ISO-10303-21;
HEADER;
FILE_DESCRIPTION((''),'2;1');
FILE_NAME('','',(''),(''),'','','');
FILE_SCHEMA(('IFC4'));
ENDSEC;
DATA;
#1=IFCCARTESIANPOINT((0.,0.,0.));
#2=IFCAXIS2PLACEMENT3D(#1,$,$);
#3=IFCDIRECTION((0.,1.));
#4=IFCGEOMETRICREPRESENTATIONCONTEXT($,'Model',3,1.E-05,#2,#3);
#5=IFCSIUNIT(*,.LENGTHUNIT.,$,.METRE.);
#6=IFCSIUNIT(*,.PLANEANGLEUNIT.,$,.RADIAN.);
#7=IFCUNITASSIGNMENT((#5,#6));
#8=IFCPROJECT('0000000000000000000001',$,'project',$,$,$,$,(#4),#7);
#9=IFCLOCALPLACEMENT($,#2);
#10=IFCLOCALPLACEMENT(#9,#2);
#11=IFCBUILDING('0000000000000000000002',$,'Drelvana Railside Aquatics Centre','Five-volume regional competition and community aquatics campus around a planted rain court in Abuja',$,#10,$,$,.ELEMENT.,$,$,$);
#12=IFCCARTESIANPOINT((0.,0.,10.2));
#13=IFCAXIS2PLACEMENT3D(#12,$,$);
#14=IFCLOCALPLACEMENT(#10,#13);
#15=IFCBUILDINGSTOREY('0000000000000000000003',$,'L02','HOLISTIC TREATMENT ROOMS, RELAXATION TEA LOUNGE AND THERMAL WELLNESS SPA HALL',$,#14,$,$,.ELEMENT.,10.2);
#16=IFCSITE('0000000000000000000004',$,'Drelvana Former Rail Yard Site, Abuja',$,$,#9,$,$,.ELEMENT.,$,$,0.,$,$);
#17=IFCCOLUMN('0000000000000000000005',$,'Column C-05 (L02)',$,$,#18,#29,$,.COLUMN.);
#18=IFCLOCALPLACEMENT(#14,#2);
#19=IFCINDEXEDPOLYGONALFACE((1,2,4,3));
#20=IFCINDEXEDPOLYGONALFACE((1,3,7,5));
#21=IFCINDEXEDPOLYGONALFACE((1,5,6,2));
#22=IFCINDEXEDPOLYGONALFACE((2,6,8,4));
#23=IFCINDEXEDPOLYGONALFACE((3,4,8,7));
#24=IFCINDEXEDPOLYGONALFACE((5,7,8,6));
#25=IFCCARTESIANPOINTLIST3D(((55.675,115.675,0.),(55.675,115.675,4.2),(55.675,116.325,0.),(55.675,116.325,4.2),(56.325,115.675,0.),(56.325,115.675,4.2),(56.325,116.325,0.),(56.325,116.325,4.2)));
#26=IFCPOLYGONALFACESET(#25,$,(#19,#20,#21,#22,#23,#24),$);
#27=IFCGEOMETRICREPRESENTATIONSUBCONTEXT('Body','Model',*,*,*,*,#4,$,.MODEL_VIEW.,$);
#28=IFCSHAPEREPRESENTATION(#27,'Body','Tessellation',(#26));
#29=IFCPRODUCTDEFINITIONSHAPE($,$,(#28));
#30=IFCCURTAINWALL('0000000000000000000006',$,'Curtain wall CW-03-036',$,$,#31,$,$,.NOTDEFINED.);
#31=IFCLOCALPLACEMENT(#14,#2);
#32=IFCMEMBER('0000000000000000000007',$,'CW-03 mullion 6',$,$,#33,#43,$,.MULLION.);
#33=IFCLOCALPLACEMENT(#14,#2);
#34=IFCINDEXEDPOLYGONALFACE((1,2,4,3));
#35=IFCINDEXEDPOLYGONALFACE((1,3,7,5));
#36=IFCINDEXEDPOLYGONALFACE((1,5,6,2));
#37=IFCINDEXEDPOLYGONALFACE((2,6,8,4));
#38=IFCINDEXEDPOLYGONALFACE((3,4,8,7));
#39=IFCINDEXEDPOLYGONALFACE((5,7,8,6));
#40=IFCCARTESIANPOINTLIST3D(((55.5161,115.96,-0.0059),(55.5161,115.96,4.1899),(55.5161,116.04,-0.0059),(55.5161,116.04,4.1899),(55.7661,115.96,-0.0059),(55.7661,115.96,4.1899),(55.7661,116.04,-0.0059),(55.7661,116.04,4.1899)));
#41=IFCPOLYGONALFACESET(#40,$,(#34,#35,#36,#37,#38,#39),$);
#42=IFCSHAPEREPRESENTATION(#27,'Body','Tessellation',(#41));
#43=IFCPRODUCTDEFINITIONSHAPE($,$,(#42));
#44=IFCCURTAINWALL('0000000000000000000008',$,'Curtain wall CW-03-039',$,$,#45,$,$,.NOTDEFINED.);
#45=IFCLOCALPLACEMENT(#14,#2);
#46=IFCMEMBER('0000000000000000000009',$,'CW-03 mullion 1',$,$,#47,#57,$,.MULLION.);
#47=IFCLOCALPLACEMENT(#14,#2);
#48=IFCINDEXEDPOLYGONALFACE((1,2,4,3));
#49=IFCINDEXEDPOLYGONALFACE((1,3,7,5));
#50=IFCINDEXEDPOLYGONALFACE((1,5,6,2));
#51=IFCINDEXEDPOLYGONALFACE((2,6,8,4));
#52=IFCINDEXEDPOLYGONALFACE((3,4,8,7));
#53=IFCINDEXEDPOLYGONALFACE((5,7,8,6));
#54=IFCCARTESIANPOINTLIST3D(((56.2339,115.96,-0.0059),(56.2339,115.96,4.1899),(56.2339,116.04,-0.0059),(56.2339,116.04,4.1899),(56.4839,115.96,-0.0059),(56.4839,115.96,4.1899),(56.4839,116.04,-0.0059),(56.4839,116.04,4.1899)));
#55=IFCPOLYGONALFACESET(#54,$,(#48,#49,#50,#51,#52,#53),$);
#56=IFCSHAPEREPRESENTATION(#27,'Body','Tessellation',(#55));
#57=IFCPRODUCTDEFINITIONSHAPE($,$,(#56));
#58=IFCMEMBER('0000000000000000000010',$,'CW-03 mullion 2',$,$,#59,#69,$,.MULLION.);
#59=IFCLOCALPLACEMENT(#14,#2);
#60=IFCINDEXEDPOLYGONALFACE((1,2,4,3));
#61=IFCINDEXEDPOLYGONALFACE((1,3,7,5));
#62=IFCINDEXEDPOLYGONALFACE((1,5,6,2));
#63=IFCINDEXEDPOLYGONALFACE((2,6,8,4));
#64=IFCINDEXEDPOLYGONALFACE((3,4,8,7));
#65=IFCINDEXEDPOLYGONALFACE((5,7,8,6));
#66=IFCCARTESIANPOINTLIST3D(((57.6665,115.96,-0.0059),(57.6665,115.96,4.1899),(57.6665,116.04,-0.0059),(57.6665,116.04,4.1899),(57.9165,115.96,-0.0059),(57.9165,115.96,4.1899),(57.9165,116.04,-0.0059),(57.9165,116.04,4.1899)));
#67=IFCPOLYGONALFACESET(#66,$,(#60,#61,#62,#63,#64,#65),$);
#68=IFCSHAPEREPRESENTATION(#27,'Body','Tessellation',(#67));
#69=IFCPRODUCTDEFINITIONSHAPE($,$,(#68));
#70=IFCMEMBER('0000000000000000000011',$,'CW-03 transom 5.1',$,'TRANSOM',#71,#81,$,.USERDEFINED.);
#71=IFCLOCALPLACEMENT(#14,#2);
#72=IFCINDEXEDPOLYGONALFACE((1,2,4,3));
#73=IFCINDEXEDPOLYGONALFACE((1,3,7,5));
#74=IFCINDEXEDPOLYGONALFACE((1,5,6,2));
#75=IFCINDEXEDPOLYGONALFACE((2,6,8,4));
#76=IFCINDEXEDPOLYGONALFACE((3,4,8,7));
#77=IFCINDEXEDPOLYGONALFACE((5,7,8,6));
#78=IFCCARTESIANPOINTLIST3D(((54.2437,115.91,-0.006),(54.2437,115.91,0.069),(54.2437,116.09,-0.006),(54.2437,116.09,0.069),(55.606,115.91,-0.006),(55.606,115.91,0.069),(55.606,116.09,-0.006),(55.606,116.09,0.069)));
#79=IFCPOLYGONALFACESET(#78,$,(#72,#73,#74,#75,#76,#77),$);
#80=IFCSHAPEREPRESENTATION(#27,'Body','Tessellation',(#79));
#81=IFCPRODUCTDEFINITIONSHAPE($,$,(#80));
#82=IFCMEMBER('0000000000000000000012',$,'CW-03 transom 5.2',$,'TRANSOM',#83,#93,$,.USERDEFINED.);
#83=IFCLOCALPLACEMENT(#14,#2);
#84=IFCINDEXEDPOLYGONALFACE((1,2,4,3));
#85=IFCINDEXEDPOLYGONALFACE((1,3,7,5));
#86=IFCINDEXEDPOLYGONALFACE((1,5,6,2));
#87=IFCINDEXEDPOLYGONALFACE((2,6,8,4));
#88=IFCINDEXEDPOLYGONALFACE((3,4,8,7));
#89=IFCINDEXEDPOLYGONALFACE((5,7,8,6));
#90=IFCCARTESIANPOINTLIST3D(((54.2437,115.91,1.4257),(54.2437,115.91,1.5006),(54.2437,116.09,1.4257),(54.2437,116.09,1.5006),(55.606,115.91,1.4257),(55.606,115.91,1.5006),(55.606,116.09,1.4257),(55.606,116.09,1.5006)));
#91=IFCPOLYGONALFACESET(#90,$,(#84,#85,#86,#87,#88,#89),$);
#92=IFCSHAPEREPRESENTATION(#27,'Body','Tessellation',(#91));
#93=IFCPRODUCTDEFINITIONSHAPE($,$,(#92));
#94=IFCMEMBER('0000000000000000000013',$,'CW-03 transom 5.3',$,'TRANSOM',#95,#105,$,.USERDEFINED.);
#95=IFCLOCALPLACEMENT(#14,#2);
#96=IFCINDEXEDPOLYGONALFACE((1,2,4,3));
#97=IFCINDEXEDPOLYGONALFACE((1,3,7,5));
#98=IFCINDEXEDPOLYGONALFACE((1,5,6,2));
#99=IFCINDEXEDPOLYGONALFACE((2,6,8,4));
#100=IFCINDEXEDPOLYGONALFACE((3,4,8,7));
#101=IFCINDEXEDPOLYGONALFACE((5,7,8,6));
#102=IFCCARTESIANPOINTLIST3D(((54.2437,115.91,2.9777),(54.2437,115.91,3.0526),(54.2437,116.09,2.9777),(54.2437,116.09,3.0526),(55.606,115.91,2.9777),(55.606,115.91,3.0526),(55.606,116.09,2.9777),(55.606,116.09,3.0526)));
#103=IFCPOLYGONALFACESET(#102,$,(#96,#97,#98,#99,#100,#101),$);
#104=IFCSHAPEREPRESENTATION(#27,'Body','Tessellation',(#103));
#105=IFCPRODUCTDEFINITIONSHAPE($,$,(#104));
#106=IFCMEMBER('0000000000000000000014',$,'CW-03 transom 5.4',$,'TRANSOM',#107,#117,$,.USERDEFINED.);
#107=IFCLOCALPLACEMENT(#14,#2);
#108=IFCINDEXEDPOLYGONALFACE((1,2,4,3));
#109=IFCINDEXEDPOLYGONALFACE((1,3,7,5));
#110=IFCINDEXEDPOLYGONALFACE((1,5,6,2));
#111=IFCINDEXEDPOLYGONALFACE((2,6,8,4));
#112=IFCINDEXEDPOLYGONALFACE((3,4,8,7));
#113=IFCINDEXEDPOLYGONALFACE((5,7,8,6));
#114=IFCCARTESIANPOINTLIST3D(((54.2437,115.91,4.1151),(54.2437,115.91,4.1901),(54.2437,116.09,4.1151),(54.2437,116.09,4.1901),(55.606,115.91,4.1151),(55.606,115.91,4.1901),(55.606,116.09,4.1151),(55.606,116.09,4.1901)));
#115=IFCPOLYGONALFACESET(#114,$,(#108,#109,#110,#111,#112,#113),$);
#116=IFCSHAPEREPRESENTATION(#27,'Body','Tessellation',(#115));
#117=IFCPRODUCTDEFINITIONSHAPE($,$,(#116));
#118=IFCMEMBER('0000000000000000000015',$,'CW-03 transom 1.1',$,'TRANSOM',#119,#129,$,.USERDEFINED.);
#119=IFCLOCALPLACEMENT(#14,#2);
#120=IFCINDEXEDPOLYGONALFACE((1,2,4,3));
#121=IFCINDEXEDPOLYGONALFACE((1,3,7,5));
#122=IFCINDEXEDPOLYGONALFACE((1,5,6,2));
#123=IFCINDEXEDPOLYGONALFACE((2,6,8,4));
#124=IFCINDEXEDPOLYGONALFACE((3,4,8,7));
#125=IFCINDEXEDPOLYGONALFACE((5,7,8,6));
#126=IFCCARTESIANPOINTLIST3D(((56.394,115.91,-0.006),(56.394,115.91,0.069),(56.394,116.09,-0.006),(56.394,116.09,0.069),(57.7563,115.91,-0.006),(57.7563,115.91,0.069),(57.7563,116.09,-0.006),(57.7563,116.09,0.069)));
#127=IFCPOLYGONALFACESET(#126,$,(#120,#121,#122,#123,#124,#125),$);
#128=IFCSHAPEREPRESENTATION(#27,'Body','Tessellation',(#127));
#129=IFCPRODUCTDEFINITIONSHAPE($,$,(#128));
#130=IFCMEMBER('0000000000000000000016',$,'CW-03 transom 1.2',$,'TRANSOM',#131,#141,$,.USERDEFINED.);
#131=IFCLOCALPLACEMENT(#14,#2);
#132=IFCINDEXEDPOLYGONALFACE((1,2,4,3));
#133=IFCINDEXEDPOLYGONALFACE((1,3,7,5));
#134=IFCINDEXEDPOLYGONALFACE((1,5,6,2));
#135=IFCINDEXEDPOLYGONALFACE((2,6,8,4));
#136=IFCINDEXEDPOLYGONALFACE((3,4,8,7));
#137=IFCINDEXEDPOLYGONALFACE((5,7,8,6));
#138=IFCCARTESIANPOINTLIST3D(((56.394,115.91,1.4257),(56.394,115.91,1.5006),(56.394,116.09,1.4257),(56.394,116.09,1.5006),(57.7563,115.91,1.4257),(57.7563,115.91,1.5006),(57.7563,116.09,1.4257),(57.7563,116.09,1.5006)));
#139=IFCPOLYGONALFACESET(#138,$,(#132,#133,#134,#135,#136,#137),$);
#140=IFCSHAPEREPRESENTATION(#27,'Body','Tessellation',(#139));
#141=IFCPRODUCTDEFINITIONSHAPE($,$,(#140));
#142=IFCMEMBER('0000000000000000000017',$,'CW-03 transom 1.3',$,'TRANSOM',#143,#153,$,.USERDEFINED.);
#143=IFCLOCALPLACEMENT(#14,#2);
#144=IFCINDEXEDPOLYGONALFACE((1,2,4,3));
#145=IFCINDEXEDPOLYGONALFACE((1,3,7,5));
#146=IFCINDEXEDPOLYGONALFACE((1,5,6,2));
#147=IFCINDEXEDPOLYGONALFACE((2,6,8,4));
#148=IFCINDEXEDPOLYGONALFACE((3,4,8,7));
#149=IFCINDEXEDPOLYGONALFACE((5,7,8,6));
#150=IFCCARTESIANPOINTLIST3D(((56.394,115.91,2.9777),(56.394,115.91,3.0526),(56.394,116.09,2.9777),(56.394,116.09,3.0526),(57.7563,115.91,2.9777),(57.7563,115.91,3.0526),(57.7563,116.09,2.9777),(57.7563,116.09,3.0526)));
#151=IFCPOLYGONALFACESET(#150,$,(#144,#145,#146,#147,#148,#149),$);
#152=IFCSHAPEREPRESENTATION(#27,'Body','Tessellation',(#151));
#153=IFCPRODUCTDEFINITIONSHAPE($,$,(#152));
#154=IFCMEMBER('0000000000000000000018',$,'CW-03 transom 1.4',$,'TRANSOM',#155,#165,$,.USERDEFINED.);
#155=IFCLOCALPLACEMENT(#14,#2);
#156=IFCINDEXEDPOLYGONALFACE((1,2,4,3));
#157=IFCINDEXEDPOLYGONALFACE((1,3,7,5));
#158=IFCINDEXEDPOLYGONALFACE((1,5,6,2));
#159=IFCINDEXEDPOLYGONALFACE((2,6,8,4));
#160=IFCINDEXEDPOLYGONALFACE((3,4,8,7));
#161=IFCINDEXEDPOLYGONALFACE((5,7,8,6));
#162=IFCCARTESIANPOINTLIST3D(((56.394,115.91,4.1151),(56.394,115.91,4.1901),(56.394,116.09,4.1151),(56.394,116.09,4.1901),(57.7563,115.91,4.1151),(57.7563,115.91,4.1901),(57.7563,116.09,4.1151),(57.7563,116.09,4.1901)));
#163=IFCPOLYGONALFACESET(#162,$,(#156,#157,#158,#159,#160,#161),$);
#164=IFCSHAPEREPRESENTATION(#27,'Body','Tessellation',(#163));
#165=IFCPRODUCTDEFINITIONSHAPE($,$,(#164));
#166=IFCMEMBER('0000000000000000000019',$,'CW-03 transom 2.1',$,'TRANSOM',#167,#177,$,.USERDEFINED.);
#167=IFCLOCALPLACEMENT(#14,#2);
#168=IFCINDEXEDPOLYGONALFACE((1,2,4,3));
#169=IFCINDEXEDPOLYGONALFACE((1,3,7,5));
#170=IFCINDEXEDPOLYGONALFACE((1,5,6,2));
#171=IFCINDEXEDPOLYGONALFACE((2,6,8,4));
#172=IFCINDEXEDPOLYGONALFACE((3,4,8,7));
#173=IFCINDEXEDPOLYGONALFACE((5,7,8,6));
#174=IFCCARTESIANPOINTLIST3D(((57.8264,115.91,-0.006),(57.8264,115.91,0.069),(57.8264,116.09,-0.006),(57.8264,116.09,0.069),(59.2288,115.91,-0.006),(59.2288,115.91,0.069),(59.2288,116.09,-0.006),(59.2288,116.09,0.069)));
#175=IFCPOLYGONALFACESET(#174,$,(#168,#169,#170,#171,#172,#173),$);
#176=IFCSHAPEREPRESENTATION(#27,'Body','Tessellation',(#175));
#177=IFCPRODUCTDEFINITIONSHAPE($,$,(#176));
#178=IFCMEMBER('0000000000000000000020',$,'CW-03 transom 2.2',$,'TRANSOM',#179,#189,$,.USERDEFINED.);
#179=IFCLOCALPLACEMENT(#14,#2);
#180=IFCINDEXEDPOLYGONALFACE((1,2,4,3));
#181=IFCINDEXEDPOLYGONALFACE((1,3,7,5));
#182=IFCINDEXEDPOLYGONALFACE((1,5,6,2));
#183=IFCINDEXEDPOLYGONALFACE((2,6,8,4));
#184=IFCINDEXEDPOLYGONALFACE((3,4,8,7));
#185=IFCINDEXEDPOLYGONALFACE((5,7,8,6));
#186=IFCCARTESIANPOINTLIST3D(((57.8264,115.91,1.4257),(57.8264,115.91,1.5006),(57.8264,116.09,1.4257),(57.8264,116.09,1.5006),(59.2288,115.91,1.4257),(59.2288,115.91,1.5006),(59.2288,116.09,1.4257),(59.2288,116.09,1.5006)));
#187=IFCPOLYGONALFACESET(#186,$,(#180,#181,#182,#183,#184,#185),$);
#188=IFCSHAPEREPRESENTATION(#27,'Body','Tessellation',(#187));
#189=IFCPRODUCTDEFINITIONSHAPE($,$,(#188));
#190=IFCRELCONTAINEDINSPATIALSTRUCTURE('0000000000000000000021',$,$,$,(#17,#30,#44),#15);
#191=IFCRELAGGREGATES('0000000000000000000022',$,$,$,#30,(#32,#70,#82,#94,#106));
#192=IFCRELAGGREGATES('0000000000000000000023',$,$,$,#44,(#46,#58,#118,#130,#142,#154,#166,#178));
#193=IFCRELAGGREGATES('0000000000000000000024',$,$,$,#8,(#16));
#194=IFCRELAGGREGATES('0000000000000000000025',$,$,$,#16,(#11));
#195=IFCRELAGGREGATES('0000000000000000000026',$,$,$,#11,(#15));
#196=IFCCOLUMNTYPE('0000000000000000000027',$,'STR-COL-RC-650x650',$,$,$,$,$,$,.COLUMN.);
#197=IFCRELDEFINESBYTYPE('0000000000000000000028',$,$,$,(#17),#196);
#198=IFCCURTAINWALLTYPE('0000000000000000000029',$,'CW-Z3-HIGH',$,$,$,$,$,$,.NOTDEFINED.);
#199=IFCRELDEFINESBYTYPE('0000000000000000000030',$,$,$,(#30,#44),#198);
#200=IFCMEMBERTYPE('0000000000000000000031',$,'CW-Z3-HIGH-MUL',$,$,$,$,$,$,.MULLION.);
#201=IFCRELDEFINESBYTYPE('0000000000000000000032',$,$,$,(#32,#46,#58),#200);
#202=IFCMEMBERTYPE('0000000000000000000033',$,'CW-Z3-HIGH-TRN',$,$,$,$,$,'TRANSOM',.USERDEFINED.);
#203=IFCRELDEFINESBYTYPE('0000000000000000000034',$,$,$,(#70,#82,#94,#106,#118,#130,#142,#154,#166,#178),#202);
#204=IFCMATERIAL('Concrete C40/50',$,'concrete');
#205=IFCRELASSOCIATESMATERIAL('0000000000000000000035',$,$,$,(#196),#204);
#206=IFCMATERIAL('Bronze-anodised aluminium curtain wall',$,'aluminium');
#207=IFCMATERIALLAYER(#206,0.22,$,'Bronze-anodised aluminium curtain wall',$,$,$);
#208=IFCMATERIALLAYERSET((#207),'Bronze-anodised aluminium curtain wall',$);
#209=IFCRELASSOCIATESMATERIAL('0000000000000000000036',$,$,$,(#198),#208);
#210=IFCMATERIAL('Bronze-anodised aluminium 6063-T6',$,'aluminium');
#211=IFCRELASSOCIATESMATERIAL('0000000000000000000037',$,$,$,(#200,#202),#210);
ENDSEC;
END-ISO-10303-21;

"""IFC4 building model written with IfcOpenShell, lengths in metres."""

from ifc_helpers import new_model, si_unit, direction, frame, origin, origin_2d, place, context, subcontext, project, spatial, rectangle, extrude, material, layer, layer_set, material_profile, profile_set, type_object, element, aggregate, save


model = new_model("IFC4")

# Units and contexts
model_context = context("Model", 3, precision=1e-05, world=origin(), true_north=direction((0.0, 1.0)))
body_context = subcontext(model_context, "Body", "Model", "MODEL_VIEW")
ifc_project = project(units=[si_unit("LENGTHUNIT", "METRE"), si_unit("PLANEANGLEUNIT", "RADIAN")], contexts=[model_context])

# Site, building, storey
site_placement = place(None, origin())
site = spatial("IfcSite", under=ifc_project, at=site_placement, Name="Drelvana Former Rail Yard Site, Abuja", CompositionType="ELEMENT", RefElevation=0.0)
building_placement = place(site_placement, origin())
building = spatial("IfcBuilding", under=site, at=building_placement, Name="Drelvana Railside Aquatics Centre", Description="Five-volume regional competition and community aquatics campus around a planted rain court in Abuja", CompositionType="ELEMENT")
storey_placement = place(building_placement, frame((0.0, 0.0, 10.2)))
storey = spatial("IfcBuildingStorey", under=building, at=storey_placement, Name="L02", Description="HOLISTIC TREATMENT ROOMS, RELAXATION TEA LOUNGE AND THERMAL WELLNESS SPA HALL", CompositionType="ELEMENT", Elevation=10.2)

# Column
ifc_material_1 = material(Name="Concrete C40/50", Category="concrete")
ifc_material_profile_1 = material_profile(ifc_material_1, rectangle(XDim=0.6499, YDim=0.6499, at=origin_2d()), Name="RC 650x650")
ifc_profile_set_1 = profile_set([ifc_material_profile_1], Name="Concrete C40/50")
column_type = type_object("IfcColumnType", Name="STR-COL-RC-650x650", PredefinedType="COLUMN", material=ifc_profile_set_1)
column_placement = place(storey_placement, frame((56.0, 116.0, 0.0), z_axis=(0.0, 0.0, 1.0), x_axis=(1.0, 0.0, 0.0)))
element("IfcColumn", 1, at=column_placement, inside=storey, type_object=column_type, Name="Column C-05 (L02)", PredefinedType="COLUMN", context=body_context, shape_type="SweptSolid", body=[
    extrude(rectangle(XDim=0.6499, YDim=0.6499, at=origin_2d()), origin(), (0.0, 0.0, 1.0), 4.2),
])

# Curtain wall, member
ifc_material_2 = material(Name="Bronze-anodised aluminium curtain wall", Category="aluminium")
ifc_layer_1 = layer(ifc_material_2, 0.22, Name="Bronze-anodised aluminium curtain wall")
ifc_layer_set_1 = layer_set([ifc_layer_1], Name="Bronze-anodised aluminium curtain wall")
curtain_wall_type = type_object("IfcCurtainWallType", Name="CW-Z3-HIGH", PredefinedType="NOTDEFINED", material=ifc_layer_set_1)
curtain_wall_1_placement = place(storey_placement, origin())
curtain_wall_1 = element("IfcCurtainWall", 2, at=curtain_wall_1_placement, inside=storey, type_object=curtain_wall_type, Name="Curtain wall CW-03-036", PredefinedType="NOTDEFINED")
ifc_material_3 = material(Name="Bronze-anodised aluminium 6063-T6", Category="aluminium")
ifc_material_profile_2 = material_profile(ifc_material_3, rectangle(XDim=0.0801, YDim=0.25, at=origin_2d()), Name="ALU-M 80x250")
ifc_profile_set_2 = profile_set([ifc_material_profile_2], Name="Bronze-anodised aluminium 6063-T6")
member_type_1 = type_object("IfcMemberType", Name="CW-Z3-HIGH-MUL", PredefinedType="MULLION", material=ifc_profile_set_2)
member_1_placement = place(storey_placement, frame((55.6411, 116.0, -0.0059), z_axis=(0.0, 0.0, 1.0), x_axis=(0.0, 1.0, 0.0)))
member_1 = element("IfcMember", 3, at=member_1_placement, type_object=member_type_1, Name="CW-03 mullion 6", PredefinedType="MULLION", context=body_context, shape_type="SweptSolid", body=[
    extrude(rectangle(XDim=0.0801, YDim=0.25, at=origin_2d()), origin(), (0.0, 0.0, 1.0), 4.1958),
])

# Curtain wall, members
curtain_wall_2_placement = place(storey_placement, origin())
curtain_wall_2 = element("IfcCurtainWall", 4, at=curtain_wall_2_placement, inside=storey, type_object=curtain_wall_type, Name="Curtain wall CW-03-039", PredefinedType="NOTDEFINED")
member_2_placement = place(storey_placement, frame((56.3589, 116.0, -0.0059), z_axis=(0.0, 0.0, 1.0), x_axis=(0.0, 1.0, 0.0)))
member_2 = element("IfcMember", 5, at=member_2_placement, type_object=member_type_1, Name="CW-03 mullion 1", PredefinedType="MULLION", context=body_context, shape_type="SweptSolid", body=[
    extrude(rectangle(XDim=0.0801, YDim=0.25, at=origin_2d()), origin(), (0.0, 0.0, 1.0), 4.1958),
])
member_3_placement = place(storey_placement, frame((57.7915, 116.0, -0.0059), z_axis=(0.0, 0.0, 1.0), x_axis=(0.0, 1.0, 0.0)))
member_3 = element("IfcMember", 6, at=member_3_placement, type_object=member_type_1, Name="CW-03 mullion 2", PredefinedType="MULLION", context=body_context, shape_type="SweptSolid", body=[
    extrude(rectangle(XDim=0.0801, YDim=0.25, at=origin_2d()), origin(), (0.0, 0.0, 1.0), 4.1958),
])

# Members
ifc_material_profile_3 = material_profile(ifc_material_3, rectangle(XDim=0.1799, YDim=0.075, at=origin_2d()), Name="ALU-T 75x180")
ifc_profile_set_3 = profile_set([ifc_material_profile_3], Name="Bronze-anodised aluminium 6063-T6")
member_type_2 = type_object("IfcMemberType", Name="CW-Z3-HIGH-TRN", ElementType="TRANSOM", PredefinedType="USERDEFINED", material=ifc_profile_set_3)
member_4_placement = place(storey_placement, frame((54.2437, 116.0, 0.0315), z_axis=(1.0, 0.0, 0.0), x_axis=(0.0, 1.0, 0.0)))
member_4 = element("IfcMember", 7, at=member_4_placement, type_object=member_type_2, Name="CW-03 transom 5.1", ObjectType="TRANSOM", PredefinedType="USERDEFINED", context=body_context, shape_type="SweptSolid", body=[
    extrude(rectangle(XDim=0.1799, YDim=0.075, at=origin_2d()), origin(), (0.0, 0.0, 1.0), 1.3623),
])
member_5_placement = place(storey_placement, frame((54.2437, 116.0, 1.4631), z_axis=(1.0, 0.0, 0.0), x_axis=(0.0, 1.0, 0.0)))
member_5 = element("IfcMember", 8, at=member_5_placement, type_object=member_type_2, Name="CW-03 transom 5.2", ObjectType="TRANSOM", PredefinedType="USERDEFINED", context=body_context, shape_type="SweptSolid", body=[
    extrude(rectangle(XDim=0.1799, YDim=0.075, at=origin_2d()), origin(), (0.0, 0.0, 1.0), 1.3623),
])
member_6_placement = place(storey_placement, frame((54.2437, 116.0, 3.0151), z_axis=(1.0, 0.0, 0.0), x_axis=(0.0, 1.0, 0.0)))
member_6 = element("IfcMember", 9, at=member_6_placement, type_object=member_type_2, Name="CW-03 transom 5.3", ObjectType="TRANSOM", PredefinedType="USERDEFINED", context=body_context, shape_type="SweptSolid", body=[
    extrude(rectangle(XDim=0.1799, YDim=0.075, at=origin_2d()), origin(), (0.0, 0.0, 1.0), 1.3623),
])
member_7_placement = place(storey_placement, frame((54.2437, 116.0, 4.1526), z_axis=(1.0, 0.0, 0.0), x_axis=(0.0, 1.0, 0.0)))
member_7 = element("IfcMember", 10, at=member_7_placement, type_object=member_type_2, Name="CW-03 transom 5.4", ObjectType="TRANSOM", PredefinedType="USERDEFINED", context=body_context, shape_type="SweptSolid", body=[
    extrude(rectangle(XDim=0.1799, YDim=0.075, at=origin_2d()), origin(), (0.0, 0.0, 1.0), 1.3623),
])
member_8_placement = place(storey_placement, frame((56.394, 116.0, 0.0315), z_axis=(1.0, 0.0, 0.0), x_axis=(0.0, 1.0, 0.0)))
member_8 = element("IfcMember", 11, at=member_8_placement, type_object=member_type_2, Name="CW-03 transom 1.1", ObjectType="TRANSOM", PredefinedType="USERDEFINED", context=body_context, shape_type="SweptSolid", body=[
    extrude(rectangle(XDim=0.1799, YDim=0.075, at=origin_2d()), origin(), (0.0, 0.0, 1.0), 1.3623),
])
member_9_placement = place(storey_placement, frame((56.394, 116.0, 1.4631), z_axis=(1.0, 0.0, 0.0), x_axis=(0.0, 1.0, 0.0)))
member_9 = element("IfcMember", 12, at=member_9_placement, type_object=member_type_2, Name="CW-03 transom 1.2", ObjectType="TRANSOM", PredefinedType="USERDEFINED", context=body_context, shape_type="SweptSolid", body=[
    extrude(rectangle(XDim=0.1799, YDim=0.075, at=origin_2d()), origin(), (0.0, 0.0, 1.0), 1.3623),
])
member_10_placement = place(storey_placement, frame((56.394, 116.0, 3.0151), z_axis=(1.0, 0.0, 0.0), x_axis=(0.0, 1.0, 0.0)))
member_10 = element("IfcMember", 13, at=member_10_placement, type_object=member_type_2, Name="CW-03 transom 1.3", ObjectType="TRANSOM", PredefinedType="USERDEFINED", context=body_context, shape_type="SweptSolid", body=[
    extrude(rectangle(XDim=0.1799, YDim=0.075, at=origin_2d()), origin(), (0.0, 0.0, 1.0), 1.3623),
])
member_11_placement = place(storey_placement, frame((56.394, 116.0, 4.1526), z_axis=(1.0, 0.0, 0.0), x_axis=(0.0, 1.0, 0.0)))
member_11 = element("IfcMember", 14, at=member_11_placement, type_object=member_type_2, Name="CW-03 transom 1.4", ObjectType="TRANSOM", PredefinedType="USERDEFINED", context=body_context, shape_type="SweptSolid", body=[
    extrude(rectangle(XDim=0.1799, YDim=0.075, at=origin_2d()), origin(), (0.0, 0.0, 1.0), 1.3623),
])
member_12_placement = place(storey_placement, frame((57.8264, 116.0, 0.0315), z_axis=(1.0, 0.0, 0.0), x_axis=(0.0, 1.0, 0.0)))
member_12 = element("IfcMember", 15, at=member_12_placement, type_object=member_type_2, Name="CW-03 transom 2.1", ObjectType="TRANSOM", PredefinedType="USERDEFINED", context=body_context, shape_type="SweptSolid", body=[
    extrude(rectangle(XDim=0.1799, YDim=0.075, at=origin_2d()), origin(), (0.0, 0.0, 1.0), 1.4023),
])
member_13_placement = place(storey_placement, frame((57.8264, 116.0, 1.4631), z_axis=(1.0, 0.0, 0.0), x_axis=(0.0, 1.0, 0.0)))
member_13 = element("IfcMember", 16, at=member_13_placement, type_object=member_type_2, Name="CW-03 transom 2.2", ObjectType="TRANSOM", PredefinedType="USERDEFINED", context=body_context, shape_type="SweptSolid", body=[
    extrude(rectangle(XDim=0.1799, YDim=0.075, at=origin_2d()), origin(), (0.0, 0.0, 1.0), 1.4023),
])

aggregate(curtain_wall_1, [member_1, member_4, member_5, member_6, member_7])
aggregate(curtain_wall_2, [member_2, member_3, member_8, member_9, member_10, member_11, member_12, member_13])

save(model, "model.ifc")
